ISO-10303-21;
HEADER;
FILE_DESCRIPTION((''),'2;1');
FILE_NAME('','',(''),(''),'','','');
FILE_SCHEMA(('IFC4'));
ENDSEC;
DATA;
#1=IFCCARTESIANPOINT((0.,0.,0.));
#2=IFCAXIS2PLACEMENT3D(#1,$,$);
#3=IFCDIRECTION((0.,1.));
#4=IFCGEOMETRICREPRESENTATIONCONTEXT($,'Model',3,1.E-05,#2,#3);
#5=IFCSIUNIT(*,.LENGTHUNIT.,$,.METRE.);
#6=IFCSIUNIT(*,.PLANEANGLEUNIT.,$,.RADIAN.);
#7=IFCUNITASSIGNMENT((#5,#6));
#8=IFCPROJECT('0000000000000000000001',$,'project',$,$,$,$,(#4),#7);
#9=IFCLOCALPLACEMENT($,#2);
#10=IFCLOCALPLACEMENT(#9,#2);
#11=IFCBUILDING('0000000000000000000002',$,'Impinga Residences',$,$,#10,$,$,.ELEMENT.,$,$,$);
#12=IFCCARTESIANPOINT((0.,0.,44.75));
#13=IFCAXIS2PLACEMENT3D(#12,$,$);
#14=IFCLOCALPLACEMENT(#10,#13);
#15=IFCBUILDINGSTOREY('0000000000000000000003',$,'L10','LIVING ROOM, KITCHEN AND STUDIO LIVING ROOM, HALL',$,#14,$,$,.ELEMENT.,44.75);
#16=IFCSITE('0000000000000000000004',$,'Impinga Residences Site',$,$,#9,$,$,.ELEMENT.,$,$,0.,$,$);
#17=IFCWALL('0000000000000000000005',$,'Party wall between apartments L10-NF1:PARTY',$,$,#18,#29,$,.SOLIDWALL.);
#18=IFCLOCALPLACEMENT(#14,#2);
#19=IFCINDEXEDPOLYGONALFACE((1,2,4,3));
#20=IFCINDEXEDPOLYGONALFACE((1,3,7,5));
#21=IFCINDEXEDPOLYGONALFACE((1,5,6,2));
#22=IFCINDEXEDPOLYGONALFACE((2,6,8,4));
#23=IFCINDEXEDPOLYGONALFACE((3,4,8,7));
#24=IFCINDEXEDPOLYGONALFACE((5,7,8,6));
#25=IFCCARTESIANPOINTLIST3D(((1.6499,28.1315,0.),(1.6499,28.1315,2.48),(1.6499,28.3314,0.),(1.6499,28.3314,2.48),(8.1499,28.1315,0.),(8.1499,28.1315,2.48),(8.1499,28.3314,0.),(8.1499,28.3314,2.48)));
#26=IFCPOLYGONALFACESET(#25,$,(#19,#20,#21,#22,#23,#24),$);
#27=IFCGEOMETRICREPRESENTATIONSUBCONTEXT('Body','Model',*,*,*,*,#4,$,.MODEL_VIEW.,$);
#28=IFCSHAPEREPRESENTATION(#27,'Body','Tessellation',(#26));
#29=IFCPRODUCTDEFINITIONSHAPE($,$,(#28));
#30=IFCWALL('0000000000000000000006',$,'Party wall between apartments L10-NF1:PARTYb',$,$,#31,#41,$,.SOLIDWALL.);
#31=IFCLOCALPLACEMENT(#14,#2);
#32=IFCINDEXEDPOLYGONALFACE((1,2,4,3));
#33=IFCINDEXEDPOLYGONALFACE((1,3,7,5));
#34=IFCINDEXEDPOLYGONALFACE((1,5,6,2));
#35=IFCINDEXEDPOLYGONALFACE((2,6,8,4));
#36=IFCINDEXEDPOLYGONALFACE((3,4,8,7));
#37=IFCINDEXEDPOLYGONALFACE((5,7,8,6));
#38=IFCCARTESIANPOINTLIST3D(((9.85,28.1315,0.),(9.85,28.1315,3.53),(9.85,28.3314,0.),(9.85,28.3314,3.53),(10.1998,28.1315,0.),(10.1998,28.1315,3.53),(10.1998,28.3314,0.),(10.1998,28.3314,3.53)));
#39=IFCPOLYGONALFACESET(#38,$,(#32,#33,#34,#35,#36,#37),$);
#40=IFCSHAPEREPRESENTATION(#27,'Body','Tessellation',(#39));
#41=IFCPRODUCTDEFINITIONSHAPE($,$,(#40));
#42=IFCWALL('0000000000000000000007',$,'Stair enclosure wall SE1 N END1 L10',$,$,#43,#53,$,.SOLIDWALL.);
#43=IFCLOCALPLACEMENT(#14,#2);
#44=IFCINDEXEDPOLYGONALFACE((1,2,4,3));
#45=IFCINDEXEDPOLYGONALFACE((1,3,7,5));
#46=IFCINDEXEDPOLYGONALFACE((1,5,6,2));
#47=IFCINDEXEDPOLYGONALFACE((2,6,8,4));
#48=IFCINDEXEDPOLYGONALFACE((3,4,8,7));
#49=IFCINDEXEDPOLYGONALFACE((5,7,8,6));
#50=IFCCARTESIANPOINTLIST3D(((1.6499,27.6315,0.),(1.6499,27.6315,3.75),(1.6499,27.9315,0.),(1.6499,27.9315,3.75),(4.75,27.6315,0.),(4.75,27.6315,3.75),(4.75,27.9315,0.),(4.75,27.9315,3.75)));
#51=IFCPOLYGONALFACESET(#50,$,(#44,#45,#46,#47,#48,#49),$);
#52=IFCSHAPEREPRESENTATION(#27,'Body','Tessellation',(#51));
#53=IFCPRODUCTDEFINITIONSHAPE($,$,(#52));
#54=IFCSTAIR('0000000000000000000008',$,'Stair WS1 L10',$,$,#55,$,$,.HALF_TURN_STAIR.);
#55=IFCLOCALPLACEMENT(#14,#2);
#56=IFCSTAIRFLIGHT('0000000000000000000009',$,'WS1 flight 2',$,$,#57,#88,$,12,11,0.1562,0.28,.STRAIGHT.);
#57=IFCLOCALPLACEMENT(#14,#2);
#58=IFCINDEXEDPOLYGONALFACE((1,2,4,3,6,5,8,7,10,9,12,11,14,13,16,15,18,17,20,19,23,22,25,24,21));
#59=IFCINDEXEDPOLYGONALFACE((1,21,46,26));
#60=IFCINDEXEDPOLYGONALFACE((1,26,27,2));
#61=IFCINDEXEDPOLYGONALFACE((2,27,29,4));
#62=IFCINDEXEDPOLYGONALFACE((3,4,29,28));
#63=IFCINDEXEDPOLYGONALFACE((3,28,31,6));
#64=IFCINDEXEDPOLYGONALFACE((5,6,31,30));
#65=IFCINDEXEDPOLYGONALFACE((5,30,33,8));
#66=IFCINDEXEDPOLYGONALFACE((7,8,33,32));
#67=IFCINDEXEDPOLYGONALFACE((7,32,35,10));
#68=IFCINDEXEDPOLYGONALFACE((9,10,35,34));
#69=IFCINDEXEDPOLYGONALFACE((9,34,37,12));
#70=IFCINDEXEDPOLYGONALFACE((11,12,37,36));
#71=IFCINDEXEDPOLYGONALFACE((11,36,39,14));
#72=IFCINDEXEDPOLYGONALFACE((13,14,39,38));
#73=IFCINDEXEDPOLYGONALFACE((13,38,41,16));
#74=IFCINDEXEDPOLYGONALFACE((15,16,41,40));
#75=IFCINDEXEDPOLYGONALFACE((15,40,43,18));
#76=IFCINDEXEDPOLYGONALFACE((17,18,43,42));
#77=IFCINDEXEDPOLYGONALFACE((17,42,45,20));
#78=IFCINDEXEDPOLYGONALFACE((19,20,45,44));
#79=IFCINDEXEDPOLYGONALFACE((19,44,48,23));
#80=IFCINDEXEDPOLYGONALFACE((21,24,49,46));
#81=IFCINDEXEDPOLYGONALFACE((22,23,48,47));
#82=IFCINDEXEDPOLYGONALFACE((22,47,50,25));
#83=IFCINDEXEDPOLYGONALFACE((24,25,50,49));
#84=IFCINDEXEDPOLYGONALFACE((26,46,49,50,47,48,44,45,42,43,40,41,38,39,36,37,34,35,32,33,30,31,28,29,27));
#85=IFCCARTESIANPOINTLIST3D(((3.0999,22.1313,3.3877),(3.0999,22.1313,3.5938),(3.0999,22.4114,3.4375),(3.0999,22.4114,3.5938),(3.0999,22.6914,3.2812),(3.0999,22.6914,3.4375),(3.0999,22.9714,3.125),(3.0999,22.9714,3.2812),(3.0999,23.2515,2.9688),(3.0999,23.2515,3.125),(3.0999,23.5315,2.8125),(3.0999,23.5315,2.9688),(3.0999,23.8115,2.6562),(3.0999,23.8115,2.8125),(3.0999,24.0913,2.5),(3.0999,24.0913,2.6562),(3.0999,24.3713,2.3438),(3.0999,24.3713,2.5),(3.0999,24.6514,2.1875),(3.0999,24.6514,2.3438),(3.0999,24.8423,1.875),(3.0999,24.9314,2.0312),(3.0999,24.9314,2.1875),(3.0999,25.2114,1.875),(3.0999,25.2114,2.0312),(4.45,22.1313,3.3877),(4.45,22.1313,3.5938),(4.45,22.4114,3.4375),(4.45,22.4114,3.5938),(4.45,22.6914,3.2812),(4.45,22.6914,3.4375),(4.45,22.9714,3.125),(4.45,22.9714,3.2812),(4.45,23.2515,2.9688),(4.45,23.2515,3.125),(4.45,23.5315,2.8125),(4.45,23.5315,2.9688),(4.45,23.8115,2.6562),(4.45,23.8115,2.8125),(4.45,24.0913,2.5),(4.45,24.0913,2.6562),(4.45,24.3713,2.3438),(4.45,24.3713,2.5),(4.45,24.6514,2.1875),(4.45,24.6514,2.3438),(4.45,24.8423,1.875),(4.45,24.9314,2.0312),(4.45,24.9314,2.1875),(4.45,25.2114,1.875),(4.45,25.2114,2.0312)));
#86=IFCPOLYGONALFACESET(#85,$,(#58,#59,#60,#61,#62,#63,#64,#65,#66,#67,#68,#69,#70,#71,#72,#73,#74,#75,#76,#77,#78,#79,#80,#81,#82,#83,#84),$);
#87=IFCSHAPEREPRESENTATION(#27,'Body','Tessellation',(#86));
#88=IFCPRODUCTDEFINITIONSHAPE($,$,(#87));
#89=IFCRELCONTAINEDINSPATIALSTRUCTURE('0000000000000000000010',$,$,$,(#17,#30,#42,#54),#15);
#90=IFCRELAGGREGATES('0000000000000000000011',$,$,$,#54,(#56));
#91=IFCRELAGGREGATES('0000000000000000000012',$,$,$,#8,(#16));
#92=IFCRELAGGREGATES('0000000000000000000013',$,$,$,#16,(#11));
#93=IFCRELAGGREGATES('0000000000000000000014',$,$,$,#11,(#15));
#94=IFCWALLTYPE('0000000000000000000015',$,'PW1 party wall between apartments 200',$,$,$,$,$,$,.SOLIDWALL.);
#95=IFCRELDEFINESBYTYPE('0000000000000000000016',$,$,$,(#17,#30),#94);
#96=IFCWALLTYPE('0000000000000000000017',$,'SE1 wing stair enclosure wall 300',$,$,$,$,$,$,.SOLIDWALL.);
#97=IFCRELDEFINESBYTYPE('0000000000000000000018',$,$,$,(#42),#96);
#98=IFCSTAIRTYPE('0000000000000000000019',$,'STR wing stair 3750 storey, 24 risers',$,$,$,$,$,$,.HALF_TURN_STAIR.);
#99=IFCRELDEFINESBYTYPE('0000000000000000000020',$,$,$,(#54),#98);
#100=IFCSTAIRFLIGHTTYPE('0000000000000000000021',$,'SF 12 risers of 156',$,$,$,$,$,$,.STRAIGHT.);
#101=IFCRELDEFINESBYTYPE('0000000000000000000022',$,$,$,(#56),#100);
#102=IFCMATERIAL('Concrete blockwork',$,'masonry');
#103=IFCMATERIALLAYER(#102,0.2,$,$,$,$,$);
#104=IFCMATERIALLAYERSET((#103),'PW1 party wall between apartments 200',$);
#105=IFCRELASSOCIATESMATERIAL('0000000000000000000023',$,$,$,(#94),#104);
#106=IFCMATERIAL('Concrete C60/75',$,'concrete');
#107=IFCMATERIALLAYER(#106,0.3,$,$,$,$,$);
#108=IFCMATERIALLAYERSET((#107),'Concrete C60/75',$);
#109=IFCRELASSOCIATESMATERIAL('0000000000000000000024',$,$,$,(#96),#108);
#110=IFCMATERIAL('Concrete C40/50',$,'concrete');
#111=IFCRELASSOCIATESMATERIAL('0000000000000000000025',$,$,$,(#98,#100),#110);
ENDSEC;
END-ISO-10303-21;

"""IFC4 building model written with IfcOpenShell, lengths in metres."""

from ifc_helpers import new_model, si_unit, direction, frame, frame_2d, origin, place, context, subcontext, project, spatial, polyline, rectangle, outline, extrude, material, layer, layer_set, type_object, element, aggregate, save


model = new_model("IFC4")

# Units and contexts
model_context = context("Model", 3, precision=1e-05, world=origin(), true_north=direction((0.0, 1.0)))
body_context = subcontext(model_context, "Body", "Model", "MODEL_VIEW")
ifc_project = project(units=[si_unit("LENGTHUNIT", "METRE"), si_unit("PLANEANGLEUNIT", "RADIAN")], contexts=[model_context])

# Site, building, storey
site_placement = place(None, origin())
site = spatial("IfcSite", under=ifc_project, at=site_placement, Name="Impinga Residences Site", CompositionType="ELEMENT", RefElevation=0.0)
building_placement = place(site_placement, origin())
building = spatial("IfcBuilding", under=site, at=building_placement, Name="Impinga Residences", CompositionType="ELEMENT")
storey_placement = place(building_placement, frame((0.0, 0.0, 44.75)))
storey = spatial("IfcBuildingStorey", under=building, at=storey_placement, Name="L10", Description="LIVING ROOM, KITCHEN AND STUDIO LIVING ROOM, HALL", CompositionType="ELEMENT", Elevation=44.75)

# Shared definitions
ifc_material_1 = material(Name="Concrete C60/75", Category="concrete")

# Walls
ifc_material_2 = material(Name="Concrete blockwork", Category="masonry")
ifc_layer_1 = layer(ifc_material_2, 0.2)
ifc_layer_set_1 = layer_set([ifc_layer_1], Name="PW1 party wall between apartments 200")
wall_type_1 = type_object("IfcWallType", Name="PW1 party wall between apartments 200", PredefinedType="SOLIDWALL", material=ifc_layer_set_1)
wall_1_placement = place(storey_placement, frame((1.6499, 28.2314, 0.0), z_axis=(0.0, 0.0, 1.0), x_axis=(1.0, 0.0, 0.0)))
element("IfcWall", 1, at=wall_1_placement, inside=storey, type_object=wall_type_1, Name="Party wall between apartments L10-NF1:PARTY", PredefinedType="SOLIDWALL", context=body_context, shape_type="SweptSolid", body=[
    extrude(rectangle(XDim=6.5, YDim=0.2, at=frame_2d((3.25, 0.0))), origin(), (0.0, 0.0, 1.0), 2.48),
])
wall_2_placement = place(storey_placement, frame((9.8501, 28.2314, 0.0), z_axis=(0.0, 0.0, 1.0), x_axis=(1.0, 0.0, 0.0)))
element("IfcWall", 2, at=wall_2_placement, inside=storey, type_object=wall_type_1, Name="Party wall between apartments L10-NF1:PARTYb", PredefinedType="SOLIDWALL", context=body_context, shape_type="SweptSolid", body=[
    extrude(rectangle(XDim=0.3499, YDim=0.2, at=frame_2d((0.1748, 0.0))), origin(), (0.0, 0.0, 1.0), 3.53),
])
ifc_layer_2 = layer(ifc_material_1, 0.3)
ifc_layer_set_2 = layer_set([ifc_layer_2], Name="Concrete C60/75")
wall_type_2 = type_object("IfcWallType", Name="SE1 wing stair enclosure wall 300", PredefinedType="SOLIDWALL", material=ifc_layer_set_2)
wall_3_placement = place(storey_placement, frame((1.6499, 27.7815, 0.0), z_axis=(0.0, 0.0, 1.0), x_axis=(1.0, 0.0, 0.0)))
element("IfcWall", 3, at=wall_3_placement, inside=storey, type_object=wall_type_2, Name="Stair enclosure wall SE1 N END1 L10", PredefinedType="SOLIDWALL", context=body_context, shape_type="SweptSolid", body=[
    extrude(rectangle(XDim=3.1001, YDim=0.3, at=frame_2d((1.55, 0.0))), origin(), (0.0, 0.0, 1.0), 3.75),
])

# Stair, stair flight
ifc_material_3 = material(Name="Concrete C40/50", Category="concrete")
stair_type = type_object("IfcStairType", Name="STR wing stair 3750 storey, 24 risers", PredefinedType="HALF_TURN_STAIR", material=ifc_material_3)
stair_placement = place(storey_placement, origin())
stair = element("IfcStair", 4, at=stair_placement, inside=storey, type_object=stair_type, Name="Stair WS1 L10", PredefinedType="HALF_TURN_STAIR")
stair_flight_type = type_object("IfcStairFlightType", Name="SF 12 risers of 156", PredefinedType="STRAIGHT", material=ifc_material_3)
stair_flight_placement = place(storey_placement, frame((3.7749, 25.2114, 1.875), z_axis=(0.0, 0.0, 1.0), x_axis=(0.0, -1.0, 0.0)))
stair_flight = element("IfcStairFlight", 5, at=stair_flight_placement, type_object=stair_flight_type, Name="WS1 flight 2", NumberOfRisers=12, NumberOfTreads=11, PredefinedType="STRAIGHT", RiserHeight=0.1562, TreadLength=0.28, context=body_context, shape_type="SweptSolid", body=[
    extrude(outline(polyline([(0.0, 0.0), (0.0, 0.1562), (0.28, 0.1562), (0.28, 0.3125), (0.5601, 0.3125), (0.5601, 0.4688), (0.8401, 0.4688), (0.8401, 0.625), (1.1201, 0.625), (1.1201, 0.7812), (1.3999, 0.7812), (1.3999, 0.9375), (1.6799, 0.9375), (1.6799, 1.0938), (1.96, 1.0938), (1.96, 1.25), (2.24, 1.25), (2.24, 1.4062), (2.52, 1.4062), (2.52, 1.5625), (2.8, 1.5625), (2.8, 1.7188), (3.0801, 1.7188), (3.0801, 1.875), (3.0801, 1.5127), (0.3691, 0.0), (0.0, 0.0)])), frame((0.0, 0.675, 0.0), z_axis=(0.0, -1.0, 0.0), x_axis=(1.0, 0.0, 0.0)), (0.0, 0.0, 1.0), 1.3501),
])
aggregate(stair, [stair_flight])

save(model, "model.ifc")
